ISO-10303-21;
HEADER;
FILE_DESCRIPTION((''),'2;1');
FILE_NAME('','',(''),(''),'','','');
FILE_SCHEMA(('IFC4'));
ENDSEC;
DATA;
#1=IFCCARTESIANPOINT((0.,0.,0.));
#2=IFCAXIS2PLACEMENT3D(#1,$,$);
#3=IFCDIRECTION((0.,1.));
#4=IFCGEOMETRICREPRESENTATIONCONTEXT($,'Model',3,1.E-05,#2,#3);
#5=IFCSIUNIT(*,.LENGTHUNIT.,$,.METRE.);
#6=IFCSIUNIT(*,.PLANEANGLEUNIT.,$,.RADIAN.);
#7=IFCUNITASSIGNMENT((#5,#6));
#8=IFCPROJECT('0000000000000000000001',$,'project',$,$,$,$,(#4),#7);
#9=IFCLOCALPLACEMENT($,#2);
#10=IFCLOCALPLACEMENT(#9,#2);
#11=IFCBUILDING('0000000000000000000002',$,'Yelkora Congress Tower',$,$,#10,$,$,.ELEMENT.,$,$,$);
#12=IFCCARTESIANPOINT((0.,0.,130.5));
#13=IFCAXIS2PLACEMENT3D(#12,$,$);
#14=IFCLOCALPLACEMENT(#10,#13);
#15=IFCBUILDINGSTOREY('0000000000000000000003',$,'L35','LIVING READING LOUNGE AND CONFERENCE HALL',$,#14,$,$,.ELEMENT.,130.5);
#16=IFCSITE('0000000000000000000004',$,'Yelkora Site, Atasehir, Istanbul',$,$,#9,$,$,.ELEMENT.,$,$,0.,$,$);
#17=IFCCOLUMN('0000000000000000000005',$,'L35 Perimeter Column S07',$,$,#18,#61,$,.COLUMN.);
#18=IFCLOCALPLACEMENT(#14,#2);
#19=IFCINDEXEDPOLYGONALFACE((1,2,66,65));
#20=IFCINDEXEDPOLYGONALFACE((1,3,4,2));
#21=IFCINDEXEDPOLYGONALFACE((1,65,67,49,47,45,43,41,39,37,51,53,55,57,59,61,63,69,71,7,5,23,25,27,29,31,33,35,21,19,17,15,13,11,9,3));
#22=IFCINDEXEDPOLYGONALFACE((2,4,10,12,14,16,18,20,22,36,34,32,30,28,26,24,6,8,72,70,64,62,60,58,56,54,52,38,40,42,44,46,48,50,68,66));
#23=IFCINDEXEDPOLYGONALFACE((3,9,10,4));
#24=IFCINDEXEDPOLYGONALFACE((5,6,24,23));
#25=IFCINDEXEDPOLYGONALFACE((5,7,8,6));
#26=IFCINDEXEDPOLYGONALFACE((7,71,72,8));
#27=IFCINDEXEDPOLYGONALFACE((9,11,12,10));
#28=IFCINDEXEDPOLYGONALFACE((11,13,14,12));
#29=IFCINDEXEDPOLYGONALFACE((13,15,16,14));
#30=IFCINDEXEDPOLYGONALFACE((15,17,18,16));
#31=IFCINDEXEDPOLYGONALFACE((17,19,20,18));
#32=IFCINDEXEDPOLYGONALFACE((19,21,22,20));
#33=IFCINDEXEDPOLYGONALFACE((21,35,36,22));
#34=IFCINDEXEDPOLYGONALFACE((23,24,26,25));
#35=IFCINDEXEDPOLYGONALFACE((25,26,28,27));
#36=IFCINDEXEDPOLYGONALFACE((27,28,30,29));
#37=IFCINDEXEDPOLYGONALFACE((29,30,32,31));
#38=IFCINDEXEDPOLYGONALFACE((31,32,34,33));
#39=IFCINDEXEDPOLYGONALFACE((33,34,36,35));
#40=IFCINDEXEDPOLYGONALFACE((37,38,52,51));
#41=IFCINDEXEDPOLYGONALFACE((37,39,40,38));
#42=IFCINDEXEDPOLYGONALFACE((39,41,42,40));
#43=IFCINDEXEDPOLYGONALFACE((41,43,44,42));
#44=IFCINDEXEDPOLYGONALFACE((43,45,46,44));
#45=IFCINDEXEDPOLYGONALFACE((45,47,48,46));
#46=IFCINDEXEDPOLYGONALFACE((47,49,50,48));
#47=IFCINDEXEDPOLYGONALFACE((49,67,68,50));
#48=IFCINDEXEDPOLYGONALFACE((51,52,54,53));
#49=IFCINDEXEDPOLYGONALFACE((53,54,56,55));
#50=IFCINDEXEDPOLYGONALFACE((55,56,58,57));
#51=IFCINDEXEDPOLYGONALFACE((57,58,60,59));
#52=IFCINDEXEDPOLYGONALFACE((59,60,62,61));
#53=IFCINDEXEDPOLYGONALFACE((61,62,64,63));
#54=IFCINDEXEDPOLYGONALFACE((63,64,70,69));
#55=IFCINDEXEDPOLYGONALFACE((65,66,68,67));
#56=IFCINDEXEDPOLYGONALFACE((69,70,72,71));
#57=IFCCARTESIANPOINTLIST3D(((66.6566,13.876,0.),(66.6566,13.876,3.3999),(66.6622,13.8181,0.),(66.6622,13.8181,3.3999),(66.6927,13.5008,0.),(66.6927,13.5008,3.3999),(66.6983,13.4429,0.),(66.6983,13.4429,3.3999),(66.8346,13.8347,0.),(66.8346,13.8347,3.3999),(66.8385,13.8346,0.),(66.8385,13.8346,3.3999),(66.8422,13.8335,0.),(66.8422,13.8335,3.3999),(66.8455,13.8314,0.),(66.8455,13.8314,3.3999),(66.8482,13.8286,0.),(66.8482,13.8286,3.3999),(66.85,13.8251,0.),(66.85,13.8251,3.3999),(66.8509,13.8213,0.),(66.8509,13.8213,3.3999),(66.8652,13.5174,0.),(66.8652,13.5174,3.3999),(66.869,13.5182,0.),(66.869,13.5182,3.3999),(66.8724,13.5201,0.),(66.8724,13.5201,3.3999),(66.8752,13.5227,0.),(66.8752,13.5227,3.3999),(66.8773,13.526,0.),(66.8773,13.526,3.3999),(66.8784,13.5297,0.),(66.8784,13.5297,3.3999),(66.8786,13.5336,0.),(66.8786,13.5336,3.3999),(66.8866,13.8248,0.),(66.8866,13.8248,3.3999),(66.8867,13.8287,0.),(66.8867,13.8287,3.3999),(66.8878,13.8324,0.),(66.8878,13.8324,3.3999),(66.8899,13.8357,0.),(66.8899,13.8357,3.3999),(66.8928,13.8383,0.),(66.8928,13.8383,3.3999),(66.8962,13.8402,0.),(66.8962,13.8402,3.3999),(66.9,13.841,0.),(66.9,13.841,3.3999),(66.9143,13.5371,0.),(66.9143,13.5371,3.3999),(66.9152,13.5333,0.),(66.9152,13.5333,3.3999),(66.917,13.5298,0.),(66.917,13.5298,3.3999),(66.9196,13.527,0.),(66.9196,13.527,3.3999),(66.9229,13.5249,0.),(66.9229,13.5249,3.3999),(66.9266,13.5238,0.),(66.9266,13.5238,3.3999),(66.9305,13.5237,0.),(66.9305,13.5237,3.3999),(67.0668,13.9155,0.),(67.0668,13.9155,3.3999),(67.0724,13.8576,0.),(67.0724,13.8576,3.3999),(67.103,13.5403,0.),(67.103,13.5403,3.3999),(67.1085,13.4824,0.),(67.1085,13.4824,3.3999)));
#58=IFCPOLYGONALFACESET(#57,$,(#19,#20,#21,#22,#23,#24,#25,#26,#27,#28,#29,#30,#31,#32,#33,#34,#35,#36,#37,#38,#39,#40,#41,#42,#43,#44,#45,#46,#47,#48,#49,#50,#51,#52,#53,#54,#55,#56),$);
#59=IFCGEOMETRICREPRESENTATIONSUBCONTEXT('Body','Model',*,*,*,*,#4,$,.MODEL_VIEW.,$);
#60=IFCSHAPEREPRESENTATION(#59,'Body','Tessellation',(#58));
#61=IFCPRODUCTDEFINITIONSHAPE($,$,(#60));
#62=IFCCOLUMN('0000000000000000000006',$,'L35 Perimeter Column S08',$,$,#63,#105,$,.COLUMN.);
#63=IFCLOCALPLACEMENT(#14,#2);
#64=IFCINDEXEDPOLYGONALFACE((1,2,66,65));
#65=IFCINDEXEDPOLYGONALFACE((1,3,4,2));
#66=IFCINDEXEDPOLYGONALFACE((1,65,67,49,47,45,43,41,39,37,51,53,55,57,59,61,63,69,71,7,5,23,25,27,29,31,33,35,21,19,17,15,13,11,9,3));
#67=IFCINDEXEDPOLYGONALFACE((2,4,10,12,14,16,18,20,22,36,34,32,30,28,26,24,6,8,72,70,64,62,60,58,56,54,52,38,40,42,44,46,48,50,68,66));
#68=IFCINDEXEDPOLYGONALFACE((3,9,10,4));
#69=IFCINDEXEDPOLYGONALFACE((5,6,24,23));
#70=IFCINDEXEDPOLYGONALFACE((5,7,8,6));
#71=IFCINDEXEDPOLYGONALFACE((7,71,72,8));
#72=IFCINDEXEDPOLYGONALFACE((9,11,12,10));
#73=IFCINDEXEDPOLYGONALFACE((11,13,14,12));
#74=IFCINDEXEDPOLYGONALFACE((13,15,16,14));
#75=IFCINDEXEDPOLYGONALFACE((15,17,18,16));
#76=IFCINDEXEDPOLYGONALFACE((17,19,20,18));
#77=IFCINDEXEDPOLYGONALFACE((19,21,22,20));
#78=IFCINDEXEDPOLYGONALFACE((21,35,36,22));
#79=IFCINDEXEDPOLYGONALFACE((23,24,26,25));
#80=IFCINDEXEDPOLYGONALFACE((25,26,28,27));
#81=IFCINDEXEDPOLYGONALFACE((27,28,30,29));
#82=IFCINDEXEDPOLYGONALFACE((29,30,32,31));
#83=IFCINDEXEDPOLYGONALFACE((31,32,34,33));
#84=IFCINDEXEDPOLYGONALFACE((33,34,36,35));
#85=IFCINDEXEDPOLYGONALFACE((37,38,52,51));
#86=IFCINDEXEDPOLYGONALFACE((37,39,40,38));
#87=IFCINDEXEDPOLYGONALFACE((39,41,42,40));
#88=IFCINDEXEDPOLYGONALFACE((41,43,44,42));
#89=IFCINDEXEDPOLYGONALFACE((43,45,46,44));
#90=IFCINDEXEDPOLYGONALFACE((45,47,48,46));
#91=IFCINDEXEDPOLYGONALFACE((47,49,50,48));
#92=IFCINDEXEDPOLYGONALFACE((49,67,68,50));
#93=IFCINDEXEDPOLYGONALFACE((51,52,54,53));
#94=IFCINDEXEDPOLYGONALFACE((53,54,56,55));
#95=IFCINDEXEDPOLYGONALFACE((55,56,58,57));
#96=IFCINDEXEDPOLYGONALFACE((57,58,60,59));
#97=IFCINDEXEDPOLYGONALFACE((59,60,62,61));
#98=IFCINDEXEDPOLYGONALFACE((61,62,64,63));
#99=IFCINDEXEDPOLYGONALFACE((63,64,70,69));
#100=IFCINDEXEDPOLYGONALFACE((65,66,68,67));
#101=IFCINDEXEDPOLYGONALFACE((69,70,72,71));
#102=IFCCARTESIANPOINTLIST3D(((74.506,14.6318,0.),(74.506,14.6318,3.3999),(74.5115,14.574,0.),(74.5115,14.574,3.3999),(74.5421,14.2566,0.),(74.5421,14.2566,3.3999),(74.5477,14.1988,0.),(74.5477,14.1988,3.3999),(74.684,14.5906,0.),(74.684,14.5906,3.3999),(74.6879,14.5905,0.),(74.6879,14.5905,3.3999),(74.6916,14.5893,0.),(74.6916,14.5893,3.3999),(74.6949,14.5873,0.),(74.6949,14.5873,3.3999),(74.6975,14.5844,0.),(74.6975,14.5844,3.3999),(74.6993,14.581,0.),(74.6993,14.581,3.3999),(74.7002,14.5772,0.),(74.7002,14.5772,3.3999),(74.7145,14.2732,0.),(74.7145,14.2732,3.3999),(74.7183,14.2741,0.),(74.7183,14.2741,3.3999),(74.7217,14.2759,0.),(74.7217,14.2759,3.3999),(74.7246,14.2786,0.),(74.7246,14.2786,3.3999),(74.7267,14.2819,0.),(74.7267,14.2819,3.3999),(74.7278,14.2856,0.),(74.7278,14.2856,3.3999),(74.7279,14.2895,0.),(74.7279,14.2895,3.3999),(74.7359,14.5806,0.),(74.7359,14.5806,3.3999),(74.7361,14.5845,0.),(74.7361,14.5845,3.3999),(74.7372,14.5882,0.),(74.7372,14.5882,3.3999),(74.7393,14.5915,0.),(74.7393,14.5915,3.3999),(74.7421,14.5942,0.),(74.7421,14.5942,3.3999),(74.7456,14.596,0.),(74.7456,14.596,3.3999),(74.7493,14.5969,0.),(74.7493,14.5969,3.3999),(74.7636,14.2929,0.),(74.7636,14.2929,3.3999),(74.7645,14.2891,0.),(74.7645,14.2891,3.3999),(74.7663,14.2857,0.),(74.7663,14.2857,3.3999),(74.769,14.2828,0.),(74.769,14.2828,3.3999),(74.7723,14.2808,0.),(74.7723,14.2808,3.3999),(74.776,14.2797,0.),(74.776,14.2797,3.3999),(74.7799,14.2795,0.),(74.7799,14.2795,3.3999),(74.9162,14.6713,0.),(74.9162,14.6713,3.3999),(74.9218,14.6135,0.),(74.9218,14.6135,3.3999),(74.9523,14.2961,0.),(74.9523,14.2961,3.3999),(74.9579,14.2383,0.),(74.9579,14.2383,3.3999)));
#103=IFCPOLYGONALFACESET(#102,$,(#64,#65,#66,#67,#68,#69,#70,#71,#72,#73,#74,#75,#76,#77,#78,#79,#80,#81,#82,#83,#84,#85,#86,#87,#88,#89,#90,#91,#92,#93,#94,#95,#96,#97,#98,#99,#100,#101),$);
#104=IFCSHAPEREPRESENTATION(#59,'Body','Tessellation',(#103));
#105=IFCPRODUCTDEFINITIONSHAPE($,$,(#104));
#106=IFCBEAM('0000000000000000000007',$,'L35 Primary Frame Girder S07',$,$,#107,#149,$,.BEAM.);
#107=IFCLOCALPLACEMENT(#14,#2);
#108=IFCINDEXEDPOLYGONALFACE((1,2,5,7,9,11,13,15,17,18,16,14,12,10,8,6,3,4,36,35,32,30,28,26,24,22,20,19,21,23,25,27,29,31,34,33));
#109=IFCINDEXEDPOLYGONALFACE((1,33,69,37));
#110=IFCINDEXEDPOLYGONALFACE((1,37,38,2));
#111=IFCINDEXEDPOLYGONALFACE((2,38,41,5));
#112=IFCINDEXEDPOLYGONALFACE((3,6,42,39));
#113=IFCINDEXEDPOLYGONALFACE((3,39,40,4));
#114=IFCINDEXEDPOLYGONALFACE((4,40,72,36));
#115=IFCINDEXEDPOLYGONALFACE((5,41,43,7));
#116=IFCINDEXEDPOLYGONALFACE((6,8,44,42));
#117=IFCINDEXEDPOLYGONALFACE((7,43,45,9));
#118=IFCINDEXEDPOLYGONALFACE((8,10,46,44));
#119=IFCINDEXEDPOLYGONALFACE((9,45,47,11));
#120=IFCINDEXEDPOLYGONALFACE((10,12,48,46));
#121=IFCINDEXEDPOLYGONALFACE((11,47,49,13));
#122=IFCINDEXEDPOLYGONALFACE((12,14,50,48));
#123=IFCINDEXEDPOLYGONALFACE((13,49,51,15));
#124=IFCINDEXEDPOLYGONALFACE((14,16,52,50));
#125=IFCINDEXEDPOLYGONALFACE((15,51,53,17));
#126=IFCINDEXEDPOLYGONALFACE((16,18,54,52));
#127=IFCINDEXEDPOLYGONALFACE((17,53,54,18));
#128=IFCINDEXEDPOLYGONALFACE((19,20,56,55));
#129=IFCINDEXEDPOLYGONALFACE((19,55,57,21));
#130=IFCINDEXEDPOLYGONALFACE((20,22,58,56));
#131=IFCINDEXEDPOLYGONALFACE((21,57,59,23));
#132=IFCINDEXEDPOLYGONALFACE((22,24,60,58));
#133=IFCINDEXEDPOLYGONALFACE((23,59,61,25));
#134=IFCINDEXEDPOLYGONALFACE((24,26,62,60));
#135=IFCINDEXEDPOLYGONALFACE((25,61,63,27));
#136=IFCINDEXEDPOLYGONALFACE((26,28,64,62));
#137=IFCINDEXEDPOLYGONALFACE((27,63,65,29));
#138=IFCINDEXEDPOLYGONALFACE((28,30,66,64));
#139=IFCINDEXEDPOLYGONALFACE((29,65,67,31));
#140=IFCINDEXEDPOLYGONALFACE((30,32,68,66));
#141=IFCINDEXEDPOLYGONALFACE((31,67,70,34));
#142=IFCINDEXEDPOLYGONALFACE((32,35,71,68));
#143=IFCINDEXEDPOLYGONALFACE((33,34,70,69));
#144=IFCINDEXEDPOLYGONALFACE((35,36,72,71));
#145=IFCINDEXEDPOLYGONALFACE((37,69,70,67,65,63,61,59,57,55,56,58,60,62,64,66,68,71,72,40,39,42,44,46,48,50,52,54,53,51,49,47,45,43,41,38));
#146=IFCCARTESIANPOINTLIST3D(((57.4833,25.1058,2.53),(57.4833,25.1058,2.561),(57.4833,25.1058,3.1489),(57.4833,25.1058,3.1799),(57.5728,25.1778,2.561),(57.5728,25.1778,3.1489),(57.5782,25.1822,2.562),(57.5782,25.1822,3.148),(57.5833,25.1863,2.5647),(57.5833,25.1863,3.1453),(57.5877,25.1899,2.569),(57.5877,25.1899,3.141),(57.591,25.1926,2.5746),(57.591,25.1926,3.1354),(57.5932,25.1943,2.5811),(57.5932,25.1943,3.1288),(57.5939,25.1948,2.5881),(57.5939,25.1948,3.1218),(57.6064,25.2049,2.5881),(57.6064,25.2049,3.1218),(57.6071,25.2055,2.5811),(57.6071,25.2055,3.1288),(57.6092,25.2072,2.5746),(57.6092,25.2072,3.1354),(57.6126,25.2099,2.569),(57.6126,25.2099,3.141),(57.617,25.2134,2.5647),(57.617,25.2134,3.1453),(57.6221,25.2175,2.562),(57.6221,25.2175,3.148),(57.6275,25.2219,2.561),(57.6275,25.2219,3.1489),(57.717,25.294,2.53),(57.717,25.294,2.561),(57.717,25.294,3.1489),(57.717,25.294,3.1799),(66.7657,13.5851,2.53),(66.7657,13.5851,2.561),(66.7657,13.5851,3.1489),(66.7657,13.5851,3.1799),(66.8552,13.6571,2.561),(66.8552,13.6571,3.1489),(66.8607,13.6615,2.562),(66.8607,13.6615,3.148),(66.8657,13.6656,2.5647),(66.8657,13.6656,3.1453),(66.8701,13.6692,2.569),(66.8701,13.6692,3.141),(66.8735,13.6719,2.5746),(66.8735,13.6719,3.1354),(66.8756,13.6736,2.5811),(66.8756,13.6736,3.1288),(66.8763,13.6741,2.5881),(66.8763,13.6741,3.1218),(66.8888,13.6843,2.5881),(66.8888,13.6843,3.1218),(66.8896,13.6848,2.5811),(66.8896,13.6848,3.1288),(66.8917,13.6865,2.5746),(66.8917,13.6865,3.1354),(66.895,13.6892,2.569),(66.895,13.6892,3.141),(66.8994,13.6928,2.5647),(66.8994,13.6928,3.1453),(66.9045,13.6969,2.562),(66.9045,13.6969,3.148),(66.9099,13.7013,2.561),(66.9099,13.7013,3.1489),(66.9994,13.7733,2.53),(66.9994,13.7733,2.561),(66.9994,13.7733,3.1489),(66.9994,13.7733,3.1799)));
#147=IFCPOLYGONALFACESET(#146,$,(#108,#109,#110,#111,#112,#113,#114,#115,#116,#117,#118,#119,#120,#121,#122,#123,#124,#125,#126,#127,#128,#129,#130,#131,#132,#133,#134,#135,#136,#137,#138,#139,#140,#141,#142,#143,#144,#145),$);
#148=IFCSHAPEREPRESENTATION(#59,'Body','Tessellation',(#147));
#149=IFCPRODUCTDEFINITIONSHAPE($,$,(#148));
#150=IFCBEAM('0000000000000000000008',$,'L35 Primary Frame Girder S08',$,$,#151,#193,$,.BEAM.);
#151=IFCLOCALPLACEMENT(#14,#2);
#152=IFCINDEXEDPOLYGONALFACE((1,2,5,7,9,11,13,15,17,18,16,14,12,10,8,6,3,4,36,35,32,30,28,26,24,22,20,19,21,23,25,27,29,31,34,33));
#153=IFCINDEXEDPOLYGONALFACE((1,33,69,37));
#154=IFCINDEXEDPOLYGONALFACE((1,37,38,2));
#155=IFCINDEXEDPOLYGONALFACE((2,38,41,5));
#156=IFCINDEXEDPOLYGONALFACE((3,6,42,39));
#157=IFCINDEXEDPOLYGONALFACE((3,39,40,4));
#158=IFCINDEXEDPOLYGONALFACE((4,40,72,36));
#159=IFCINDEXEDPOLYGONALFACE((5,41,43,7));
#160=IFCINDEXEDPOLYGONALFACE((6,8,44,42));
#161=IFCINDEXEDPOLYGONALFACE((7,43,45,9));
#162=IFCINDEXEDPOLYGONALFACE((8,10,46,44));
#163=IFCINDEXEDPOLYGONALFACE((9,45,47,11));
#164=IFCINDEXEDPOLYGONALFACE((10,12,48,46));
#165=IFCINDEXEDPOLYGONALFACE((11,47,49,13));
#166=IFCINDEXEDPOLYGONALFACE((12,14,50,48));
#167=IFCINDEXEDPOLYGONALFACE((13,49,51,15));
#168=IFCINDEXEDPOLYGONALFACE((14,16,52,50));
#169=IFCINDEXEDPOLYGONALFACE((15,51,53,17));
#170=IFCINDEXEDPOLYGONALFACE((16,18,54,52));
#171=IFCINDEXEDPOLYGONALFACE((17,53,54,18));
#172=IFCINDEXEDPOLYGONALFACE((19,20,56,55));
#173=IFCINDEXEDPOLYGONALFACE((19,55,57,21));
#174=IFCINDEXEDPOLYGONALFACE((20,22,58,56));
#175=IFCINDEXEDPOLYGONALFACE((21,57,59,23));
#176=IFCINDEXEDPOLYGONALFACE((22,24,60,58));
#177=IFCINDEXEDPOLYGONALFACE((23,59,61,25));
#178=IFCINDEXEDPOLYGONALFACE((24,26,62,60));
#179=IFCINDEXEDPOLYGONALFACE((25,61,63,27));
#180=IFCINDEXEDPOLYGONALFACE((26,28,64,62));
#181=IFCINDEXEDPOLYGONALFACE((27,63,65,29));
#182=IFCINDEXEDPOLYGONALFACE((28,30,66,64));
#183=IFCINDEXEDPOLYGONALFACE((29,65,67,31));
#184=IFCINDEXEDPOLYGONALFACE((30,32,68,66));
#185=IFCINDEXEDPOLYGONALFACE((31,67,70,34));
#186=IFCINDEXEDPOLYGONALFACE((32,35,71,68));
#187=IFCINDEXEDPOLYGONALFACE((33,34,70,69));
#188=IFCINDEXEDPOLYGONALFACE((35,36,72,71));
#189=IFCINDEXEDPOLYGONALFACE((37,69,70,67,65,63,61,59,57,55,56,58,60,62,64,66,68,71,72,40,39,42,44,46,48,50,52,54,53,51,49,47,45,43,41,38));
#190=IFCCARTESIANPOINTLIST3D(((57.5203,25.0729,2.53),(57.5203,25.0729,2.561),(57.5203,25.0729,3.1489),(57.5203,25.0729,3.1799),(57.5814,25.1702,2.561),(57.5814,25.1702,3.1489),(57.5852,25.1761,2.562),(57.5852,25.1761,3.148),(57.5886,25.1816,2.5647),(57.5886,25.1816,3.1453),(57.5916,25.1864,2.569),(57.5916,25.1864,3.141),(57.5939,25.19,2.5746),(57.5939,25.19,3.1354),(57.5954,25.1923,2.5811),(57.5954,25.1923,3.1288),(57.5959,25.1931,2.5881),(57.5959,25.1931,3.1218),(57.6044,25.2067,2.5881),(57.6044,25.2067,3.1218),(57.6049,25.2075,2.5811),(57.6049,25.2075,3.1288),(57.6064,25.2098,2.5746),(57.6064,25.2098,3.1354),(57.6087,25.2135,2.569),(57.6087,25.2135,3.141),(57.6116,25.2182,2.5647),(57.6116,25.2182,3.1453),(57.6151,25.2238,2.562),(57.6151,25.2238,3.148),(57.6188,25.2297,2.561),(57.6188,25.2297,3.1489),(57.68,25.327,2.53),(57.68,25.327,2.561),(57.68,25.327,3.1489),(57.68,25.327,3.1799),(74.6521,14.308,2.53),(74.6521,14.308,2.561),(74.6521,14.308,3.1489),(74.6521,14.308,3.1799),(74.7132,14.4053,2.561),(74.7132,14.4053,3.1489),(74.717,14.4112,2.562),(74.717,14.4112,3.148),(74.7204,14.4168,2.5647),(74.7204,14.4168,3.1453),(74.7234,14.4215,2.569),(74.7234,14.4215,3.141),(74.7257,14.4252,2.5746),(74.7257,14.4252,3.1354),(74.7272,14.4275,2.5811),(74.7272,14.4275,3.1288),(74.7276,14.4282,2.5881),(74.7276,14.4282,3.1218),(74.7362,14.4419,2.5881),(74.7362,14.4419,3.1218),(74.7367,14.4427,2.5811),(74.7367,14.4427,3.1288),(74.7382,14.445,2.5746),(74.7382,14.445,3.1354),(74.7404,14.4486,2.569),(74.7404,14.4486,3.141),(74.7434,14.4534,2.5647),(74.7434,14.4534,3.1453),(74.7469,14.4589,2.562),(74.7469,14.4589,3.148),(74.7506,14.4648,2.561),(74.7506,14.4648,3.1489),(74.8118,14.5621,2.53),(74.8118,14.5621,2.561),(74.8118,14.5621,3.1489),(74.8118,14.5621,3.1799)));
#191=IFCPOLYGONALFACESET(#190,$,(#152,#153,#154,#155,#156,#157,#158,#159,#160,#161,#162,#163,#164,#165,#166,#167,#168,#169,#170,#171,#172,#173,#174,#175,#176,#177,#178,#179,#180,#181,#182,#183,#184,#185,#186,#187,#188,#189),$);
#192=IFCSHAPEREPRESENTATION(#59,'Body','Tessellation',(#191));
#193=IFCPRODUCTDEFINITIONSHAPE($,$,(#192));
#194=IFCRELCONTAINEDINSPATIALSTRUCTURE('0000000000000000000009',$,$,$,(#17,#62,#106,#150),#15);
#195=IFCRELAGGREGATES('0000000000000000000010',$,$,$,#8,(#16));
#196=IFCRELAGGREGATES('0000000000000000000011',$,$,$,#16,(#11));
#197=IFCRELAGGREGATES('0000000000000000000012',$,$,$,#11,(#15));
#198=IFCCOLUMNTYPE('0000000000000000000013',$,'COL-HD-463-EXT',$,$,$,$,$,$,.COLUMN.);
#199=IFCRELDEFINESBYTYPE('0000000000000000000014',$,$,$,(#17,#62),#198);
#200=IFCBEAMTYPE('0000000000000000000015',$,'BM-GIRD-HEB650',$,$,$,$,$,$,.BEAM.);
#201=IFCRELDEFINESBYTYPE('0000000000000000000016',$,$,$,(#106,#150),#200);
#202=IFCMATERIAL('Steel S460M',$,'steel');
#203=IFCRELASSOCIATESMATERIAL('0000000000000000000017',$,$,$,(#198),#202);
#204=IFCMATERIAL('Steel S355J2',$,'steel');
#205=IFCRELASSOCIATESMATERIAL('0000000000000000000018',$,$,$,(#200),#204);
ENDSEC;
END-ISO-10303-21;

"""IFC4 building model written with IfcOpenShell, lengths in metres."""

from ifc_helpers import new_model, si_unit, direction, frame, origin, origin_2d, place, context, subcontext, project, spatial, i_section, extrude, material, material_profile, profile_set, type_object, element, save


model = new_model("IFC4")

# Units and contexts
model_context = context("Model", 3, precision=1e-05, world=origin(), true_north=direction((0.0, 1.0)))
body_context = subcontext(model_context, "Body", "Model", "MODEL_VIEW")
ifc_project = project(units=[si_unit("LENGTHUNIT", "METRE"), si_unit("PLANEANGLEUNIT", "RADIAN")], contexts=[model_context])

# Site, building, storey
site_placement = place(None, origin())
site = spatial("IfcSite", under=ifc_project, at=site_placement, Name="Yelkora Site, Atasehir, Istanbul", CompositionType="ELEMENT", RefElevation=0.0)
building_placement = place(site_placement, origin())
building = spatial("IfcBuilding", under=site, at=building_placement, Name="Yelkora Congress Tower", CompositionType="ELEMENT")
storey_placement = place(building_placement, frame((0.0, 0.0, 130.5)))
storey = spatial("IfcBuildingStorey", under=building, at=storey_placement, Name="L35", Description="LIVING READING LOUNGE AND CONFERENCE HALL", CompositionType="ELEMENT", Elevation=130.5)

# Columns
ifc_material_1 = material(Name="Steel S460M", Category="steel")
ifc_material_profile_1 = material_profile(ifc_material_1, i_section(OverallWidth=0.4121, OverallDepth=0.4351, WebThickness=0.0359, FlangeThickness=0.0581, FilletRadius=0.0149, at=origin_2d()), Name="HD 400x463")
ifc_profile_set_1 = profile_set([ifc_material_profile_1], Name="Steel S460M")
column_type = type_object("IfcColumnType", Name="COL-HD-463-EXT", PredefinedType="COLUMN", material=ifc_profile_set_1)
for number, where, z_axis, x_axis, name in (
    (1, (66.8826, 13.6792, 0.0), (0.0, 0.0, 1.0), (0.995396, 0.095846, 0.0), "L35 Perimeter Column S07"),
    (2, (74.7319, 14.4351, 0.0), (0.0, 0.0, 1.0), (0.995396, 0.095846, 0.0), "L35 Perimeter Column S08"),
):
    element("IfcColumn", number, at=place(storey_placement, frame(where, z_axis=z_axis, x_axis=x_axis)), inside=storey, type_object=column_type, Name=name, PredefinedType="COLUMN", context=body_context, shape_type="SweptSolid", body=[
        extrude(i_section(OverallWidth=0.4121, OverallDepth=0.4351, WebThickness=0.0359, FlangeThickness=0.0581, FilletRadius=0.0149, at=origin_2d()), origin(), (0.0, 0.0, 1.0), 3.3999),
    ])

# Beams
ifc_material_2 = material(Name="Steel S355J2", Category="steel")
ifc_material_profile_2 = material_profile(ifc_material_2, i_section(OverallWidth=0.3, OverallDepth=0.6499, WebThickness=0.0161, FlangeThickness=0.031, FilletRadius=0.0271, at=origin_2d()), Name="HEB 650")
ifc_profile_set_2 = profile_set([ifc_material_profile_2], Name="Steel S355J2")
beam_type_1 = type_object("IfcBeamType", Name="BM-GIRD-HEB650", PredefinedType="BEAM", material=ifc_profile_set_2)
beam_1_placement = place(storey_placement, frame((66.8826, 13.6792, 2.855), z_axis=(-0.627406, 0.778692, 0.0), x_axis=(-0.778692, -0.627406, 0.0)))
element("IfcBeam", 3, at=beam_1_placement, inside=storey, type_object=beam_type_1, Name="L35 Primary Frame Girder S07", PredefinedType="BEAM", context=body_context, shape_type="SweptSolid", body=[
    extrude(i_section(OverallWidth=0.3, OverallDepth=0.6499, WebThickness=0.0161, FlangeThickness=0.031, FilletRadius=0.0271, at=origin_2d()), origin(), (0.0, 0.0, 1.0), 14.7949),
])
beam_2_placement = place(storey_placement, frame((74.7319, 14.4351, 2.855), z_axis=(-0.846719, 0.532041, 0.0), x_axis=(-0.532041, -0.846719, 0.0)))
element("IfcBeam", 4, at=beam_2_placement, inside=storey, type_object=beam_type_1, Name="L35 Primary Frame Girder S08", PredefinedType="BEAM", context=body_context, shape_type="SweptSolid", body=[
    extrude(i_section(OverallWidth=0.3, OverallDepth=0.6499, WebThickness=0.0161, FlangeThickness=0.031, FilletRadius=0.0271, at=origin_2d()), origin(), (0.0, 0.0, 1.0), 20.2332),
])

save(model, "model.ifc")
